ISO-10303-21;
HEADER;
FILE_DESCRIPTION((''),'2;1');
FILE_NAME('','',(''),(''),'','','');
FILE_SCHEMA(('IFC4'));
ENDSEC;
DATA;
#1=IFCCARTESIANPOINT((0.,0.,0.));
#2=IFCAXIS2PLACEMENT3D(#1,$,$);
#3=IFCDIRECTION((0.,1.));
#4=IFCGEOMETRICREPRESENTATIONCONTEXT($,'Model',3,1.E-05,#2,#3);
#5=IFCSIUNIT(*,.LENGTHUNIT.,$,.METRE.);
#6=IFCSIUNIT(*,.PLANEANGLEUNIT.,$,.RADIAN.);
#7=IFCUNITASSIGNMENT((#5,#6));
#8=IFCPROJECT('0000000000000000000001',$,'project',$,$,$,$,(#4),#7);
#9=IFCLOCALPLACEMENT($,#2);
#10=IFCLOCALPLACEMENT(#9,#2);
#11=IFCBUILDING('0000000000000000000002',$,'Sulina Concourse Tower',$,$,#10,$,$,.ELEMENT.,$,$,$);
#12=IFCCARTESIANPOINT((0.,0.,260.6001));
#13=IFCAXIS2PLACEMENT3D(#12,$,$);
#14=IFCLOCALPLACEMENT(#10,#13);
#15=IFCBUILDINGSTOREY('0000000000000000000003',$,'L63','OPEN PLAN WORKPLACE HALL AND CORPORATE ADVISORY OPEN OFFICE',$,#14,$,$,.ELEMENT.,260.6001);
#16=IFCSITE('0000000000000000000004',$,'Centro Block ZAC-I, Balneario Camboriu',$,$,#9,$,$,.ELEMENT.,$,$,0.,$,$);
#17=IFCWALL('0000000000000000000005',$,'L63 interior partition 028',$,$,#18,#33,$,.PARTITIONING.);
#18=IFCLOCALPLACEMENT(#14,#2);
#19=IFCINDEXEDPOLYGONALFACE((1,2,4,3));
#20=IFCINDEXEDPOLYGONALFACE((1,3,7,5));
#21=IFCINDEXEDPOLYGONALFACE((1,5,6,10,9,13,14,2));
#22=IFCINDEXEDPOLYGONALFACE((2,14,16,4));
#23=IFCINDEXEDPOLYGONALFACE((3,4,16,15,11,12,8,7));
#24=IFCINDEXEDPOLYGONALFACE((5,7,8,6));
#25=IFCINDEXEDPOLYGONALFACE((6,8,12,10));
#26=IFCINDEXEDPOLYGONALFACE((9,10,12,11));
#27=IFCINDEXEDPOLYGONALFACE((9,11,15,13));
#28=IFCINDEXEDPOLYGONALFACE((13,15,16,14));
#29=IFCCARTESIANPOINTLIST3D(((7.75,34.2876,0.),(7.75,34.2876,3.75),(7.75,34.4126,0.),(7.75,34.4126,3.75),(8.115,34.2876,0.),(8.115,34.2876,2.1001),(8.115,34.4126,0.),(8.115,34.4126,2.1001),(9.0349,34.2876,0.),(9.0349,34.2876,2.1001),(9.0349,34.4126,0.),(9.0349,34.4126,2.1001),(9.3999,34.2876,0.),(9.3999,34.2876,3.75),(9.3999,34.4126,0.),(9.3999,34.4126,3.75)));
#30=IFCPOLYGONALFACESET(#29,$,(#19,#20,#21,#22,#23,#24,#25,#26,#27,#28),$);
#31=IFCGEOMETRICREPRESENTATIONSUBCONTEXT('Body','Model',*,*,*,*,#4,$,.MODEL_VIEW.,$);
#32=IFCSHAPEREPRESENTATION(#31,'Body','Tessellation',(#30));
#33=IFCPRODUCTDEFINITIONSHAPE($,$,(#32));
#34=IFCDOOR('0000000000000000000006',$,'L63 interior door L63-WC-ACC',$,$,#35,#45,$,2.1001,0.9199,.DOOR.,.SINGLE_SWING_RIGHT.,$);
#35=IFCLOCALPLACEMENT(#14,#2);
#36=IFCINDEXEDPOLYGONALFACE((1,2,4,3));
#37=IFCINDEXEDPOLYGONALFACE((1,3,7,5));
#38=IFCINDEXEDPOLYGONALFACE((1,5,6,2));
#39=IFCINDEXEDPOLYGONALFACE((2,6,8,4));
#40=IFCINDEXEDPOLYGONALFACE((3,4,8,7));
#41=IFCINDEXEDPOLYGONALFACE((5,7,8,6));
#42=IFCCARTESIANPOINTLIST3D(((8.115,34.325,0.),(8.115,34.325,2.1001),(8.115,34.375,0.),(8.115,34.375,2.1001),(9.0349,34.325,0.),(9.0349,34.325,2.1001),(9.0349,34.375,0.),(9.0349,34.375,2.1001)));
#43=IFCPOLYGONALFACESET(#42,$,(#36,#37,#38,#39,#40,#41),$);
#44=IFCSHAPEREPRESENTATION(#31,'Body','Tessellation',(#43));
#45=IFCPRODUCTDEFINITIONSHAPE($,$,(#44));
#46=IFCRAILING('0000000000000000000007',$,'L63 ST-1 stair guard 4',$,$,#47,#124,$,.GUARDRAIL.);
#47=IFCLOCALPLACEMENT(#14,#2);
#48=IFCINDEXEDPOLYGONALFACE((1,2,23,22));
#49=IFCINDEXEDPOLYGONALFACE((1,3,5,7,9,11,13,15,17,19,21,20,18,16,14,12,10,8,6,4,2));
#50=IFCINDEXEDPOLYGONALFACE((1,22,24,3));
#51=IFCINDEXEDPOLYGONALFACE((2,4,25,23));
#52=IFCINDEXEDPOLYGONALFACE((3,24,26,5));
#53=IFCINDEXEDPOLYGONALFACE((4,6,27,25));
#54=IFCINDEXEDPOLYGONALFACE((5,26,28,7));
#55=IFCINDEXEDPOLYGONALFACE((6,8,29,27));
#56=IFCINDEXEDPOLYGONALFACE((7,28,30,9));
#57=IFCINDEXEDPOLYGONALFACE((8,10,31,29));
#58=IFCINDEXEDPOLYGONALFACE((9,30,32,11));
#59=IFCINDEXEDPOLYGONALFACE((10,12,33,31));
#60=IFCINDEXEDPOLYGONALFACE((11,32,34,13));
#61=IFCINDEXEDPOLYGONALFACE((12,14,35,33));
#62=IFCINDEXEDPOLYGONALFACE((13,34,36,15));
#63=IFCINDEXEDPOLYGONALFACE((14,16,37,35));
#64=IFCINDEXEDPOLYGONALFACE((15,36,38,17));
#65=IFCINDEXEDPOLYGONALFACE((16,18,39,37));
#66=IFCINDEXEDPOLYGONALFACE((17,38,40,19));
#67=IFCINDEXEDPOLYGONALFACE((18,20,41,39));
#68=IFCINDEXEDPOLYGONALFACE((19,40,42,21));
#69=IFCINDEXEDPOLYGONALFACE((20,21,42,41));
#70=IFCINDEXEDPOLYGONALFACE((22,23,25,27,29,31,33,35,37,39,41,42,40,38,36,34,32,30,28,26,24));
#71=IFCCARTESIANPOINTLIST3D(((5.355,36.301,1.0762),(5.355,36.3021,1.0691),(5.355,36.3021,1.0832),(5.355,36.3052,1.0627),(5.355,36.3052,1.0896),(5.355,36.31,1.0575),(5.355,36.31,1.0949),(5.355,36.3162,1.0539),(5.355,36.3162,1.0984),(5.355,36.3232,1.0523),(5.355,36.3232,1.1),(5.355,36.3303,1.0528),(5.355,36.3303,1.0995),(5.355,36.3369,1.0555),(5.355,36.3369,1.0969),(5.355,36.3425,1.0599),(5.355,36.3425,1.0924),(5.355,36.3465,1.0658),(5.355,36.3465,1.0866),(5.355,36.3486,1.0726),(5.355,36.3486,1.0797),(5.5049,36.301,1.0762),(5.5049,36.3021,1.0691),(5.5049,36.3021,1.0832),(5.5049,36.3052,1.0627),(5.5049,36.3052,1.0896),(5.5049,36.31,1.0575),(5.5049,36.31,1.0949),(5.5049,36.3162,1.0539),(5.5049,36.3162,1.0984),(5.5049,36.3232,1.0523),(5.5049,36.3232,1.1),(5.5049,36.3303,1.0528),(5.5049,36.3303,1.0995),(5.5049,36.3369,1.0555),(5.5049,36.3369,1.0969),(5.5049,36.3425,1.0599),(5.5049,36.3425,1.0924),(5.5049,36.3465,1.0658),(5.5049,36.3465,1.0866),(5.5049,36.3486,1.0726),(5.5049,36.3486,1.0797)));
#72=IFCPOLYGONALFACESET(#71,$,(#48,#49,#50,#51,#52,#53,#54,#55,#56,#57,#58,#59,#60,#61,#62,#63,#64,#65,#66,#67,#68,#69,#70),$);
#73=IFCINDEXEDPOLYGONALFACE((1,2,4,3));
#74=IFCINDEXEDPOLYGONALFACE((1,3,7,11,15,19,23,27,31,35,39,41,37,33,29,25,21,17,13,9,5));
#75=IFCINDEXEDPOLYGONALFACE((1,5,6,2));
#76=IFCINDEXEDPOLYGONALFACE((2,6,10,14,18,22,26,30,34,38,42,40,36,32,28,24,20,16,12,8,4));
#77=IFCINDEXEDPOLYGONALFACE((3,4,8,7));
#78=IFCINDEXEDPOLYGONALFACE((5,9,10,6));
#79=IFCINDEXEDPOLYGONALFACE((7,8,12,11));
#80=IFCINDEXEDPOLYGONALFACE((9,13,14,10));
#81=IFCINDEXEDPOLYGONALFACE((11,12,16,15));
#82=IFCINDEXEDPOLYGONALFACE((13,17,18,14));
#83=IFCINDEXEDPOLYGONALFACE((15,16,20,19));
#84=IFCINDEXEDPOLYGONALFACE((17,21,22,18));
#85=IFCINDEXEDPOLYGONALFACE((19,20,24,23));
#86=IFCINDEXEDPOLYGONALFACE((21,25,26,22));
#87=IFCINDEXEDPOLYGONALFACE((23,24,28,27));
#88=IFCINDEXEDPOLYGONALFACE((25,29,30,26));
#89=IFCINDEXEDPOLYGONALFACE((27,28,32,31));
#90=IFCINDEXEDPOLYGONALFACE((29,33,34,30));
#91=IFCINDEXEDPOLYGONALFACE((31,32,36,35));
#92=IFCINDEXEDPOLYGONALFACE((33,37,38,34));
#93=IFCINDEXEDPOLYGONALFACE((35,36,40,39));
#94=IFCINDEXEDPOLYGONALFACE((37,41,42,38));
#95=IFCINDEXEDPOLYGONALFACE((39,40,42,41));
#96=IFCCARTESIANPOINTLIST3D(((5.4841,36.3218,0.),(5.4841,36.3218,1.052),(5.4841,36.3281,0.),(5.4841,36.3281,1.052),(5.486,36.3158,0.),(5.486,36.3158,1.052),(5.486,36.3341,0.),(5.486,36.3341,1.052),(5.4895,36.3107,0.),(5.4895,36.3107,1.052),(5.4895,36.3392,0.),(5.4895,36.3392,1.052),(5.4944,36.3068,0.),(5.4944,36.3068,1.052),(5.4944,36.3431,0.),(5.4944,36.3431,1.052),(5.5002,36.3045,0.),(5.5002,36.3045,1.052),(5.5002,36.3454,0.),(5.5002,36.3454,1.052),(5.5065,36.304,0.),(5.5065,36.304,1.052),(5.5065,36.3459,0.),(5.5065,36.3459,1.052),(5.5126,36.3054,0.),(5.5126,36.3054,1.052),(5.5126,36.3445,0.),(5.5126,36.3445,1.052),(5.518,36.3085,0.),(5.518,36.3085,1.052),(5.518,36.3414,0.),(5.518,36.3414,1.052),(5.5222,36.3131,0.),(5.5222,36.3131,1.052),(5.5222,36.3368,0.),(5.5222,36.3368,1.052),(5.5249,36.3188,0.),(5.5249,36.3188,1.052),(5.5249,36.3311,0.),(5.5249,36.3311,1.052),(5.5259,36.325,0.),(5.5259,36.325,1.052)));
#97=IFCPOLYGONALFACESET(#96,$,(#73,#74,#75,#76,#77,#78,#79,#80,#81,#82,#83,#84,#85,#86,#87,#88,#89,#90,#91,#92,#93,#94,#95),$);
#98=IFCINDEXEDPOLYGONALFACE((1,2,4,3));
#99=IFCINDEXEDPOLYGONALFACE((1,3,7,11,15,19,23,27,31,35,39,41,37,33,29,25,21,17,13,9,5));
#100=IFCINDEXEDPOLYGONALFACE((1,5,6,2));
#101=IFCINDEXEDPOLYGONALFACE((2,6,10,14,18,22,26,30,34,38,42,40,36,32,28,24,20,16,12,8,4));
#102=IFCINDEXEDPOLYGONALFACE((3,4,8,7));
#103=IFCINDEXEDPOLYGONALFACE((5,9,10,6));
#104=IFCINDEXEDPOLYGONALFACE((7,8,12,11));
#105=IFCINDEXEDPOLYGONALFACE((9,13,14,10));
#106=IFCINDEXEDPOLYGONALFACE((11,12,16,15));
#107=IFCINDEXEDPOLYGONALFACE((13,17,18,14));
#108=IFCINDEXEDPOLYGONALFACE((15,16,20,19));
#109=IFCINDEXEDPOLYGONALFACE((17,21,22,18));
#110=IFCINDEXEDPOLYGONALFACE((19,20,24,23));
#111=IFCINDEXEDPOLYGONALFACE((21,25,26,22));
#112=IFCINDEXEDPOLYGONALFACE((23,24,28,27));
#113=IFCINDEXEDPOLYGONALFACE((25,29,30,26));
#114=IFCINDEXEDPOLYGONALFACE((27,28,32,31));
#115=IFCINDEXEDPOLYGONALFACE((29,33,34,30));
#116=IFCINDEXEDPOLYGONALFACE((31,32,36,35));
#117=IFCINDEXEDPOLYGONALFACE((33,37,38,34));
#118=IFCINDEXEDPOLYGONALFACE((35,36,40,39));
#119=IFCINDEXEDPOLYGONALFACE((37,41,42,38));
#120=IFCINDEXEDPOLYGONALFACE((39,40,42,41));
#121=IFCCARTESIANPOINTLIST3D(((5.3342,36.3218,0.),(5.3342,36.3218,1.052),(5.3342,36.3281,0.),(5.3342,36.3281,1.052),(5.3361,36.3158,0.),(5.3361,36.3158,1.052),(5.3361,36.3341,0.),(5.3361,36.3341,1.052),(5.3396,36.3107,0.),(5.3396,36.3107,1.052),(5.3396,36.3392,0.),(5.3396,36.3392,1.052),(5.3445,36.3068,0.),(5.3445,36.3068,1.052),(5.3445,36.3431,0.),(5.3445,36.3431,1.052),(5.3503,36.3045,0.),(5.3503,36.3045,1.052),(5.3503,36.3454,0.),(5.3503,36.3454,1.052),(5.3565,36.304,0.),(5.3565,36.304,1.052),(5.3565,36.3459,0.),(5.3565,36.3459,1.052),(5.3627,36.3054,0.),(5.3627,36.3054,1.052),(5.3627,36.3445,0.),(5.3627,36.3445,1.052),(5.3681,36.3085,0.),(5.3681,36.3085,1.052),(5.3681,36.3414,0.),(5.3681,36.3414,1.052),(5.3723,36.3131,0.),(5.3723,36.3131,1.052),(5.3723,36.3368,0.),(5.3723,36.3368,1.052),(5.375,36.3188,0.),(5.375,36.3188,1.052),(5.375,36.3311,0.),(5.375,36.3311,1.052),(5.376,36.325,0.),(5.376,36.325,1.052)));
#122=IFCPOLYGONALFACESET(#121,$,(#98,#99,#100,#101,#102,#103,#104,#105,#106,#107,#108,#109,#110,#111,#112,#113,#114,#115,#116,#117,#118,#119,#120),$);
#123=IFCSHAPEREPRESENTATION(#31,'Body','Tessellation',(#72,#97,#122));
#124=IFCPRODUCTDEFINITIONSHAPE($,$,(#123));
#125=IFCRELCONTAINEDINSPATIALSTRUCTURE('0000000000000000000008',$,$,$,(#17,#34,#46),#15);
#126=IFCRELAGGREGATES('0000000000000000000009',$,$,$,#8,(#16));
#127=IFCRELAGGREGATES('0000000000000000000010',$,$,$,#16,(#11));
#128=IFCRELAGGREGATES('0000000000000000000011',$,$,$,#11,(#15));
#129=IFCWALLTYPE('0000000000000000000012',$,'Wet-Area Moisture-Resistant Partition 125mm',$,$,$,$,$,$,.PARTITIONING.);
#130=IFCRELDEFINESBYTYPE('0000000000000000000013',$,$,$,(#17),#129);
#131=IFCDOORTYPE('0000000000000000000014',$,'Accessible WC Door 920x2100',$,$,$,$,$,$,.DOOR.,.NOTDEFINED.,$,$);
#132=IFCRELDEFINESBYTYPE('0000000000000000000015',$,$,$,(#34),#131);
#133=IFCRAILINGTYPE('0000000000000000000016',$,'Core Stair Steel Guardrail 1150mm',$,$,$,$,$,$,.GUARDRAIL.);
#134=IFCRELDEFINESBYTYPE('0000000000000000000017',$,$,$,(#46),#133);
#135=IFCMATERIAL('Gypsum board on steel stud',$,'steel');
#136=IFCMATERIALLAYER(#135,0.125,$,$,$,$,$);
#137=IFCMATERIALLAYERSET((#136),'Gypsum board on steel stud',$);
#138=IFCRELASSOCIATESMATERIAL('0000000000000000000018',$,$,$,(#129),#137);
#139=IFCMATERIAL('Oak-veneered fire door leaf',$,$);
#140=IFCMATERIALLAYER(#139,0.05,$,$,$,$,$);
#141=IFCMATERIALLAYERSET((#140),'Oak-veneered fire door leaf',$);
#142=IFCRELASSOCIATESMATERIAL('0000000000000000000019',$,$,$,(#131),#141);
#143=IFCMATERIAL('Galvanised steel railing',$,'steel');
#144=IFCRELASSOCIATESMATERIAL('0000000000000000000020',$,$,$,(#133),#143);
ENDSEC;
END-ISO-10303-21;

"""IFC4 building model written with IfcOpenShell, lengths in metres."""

from ifc_helpers import new_model, si_unit, direction, frame, frame_2d, origin, origin_2d, place, context, subcontext, project, spatial, rectangle, circle, extrude, material, layer, layer_set, type_object, element, fill, save


model = new_model("IFC4")

# Units and contexts
model_context = context("Model", 3, precision=1e-05, world=origin(), true_north=direction((0.0, 1.0)))
body_context = subcontext(model_context, "Body", "Model", "MODEL_VIEW")
ifc_project = project(units=[si_unit("LENGTHUNIT", "METRE"), si_unit("PLANEANGLEUNIT", "RADIAN")], contexts=[model_context])

# Site, building, storey
site_placement = place(None, origin())
site = spatial("IfcSite", under=ifc_project, at=site_placement, Name="Centro Block ZAC-I, Balneario Camboriu", CompositionType="ELEMENT", RefElevation=0.0)
building_placement = place(site_placement, origin())
building = spatial("IfcBuilding", under=site, at=building_placement, Name="Sulina Concourse Tower", CompositionType="ELEMENT")
storey_placement = place(building_placement, frame((0.0, 0.0, 260.6001)))
storey = spatial("IfcBuildingStorey", under=building, at=storey_placement, Name="L63", Description="OPEN PLAN WORKPLACE HALL AND CORPORATE ADVISORY OPEN OFFICE", CompositionType="ELEMENT", Elevation=260.6001)

# Wall, opening, door
ifc_material_1 = material(Name="Gypsum board on steel stud", Category="steel")
ifc_layer_1 = layer(ifc_material_1, 0.125)
ifc_layer_set_1 = layer_set([ifc_layer_1], Name="Gypsum board on steel stud")
wall_type_1 = type_object("IfcWallType", Name="Wet-Area Moisture-Resistant Partition 125mm", PredefinedType="PARTITIONING", material=ifc_layer_set_1)
wall_1_placement = place(storey_placement, frame((7.75, 34.3501, 0.0), z_axis=(0.0, 0.0, 1.0), x_axis=(1.0, 0.0, 0.0)))
wall_1 = element("IfcWall", 1, at=wall_1_placement, inside=storey, type_object=wall_type_1, Name="L63 interior partition 028", PredefinedType="PARTITIONING", context=body_context, shape_type="SweptSolid", body=[
    extrude(rectangle(XDim=1.6499, YDim=0.125, at=frame_2d((0.825, 0.0))), origin(), (0.0, 0.0, 1.0), 3.75),
])
opening_1_placement = place(wall_1_placement, frame((0.365, 0.0, 0.0)))
opening_1 = element("IfcOpeningElement", 2, at=opening_1_placement, cuts=wall_1, PredefinedType="OPENING", context=body_context, shape_type="SweptSolid", body=[
    extrude(rectangle(XDim=0.9199, YDim=2.1001, at=frame_2d((0.46, 1.05))), frame((0.0, 0.0725, 0.0), z_axis=(0.0, -1.0, 0.0), x_axis=(1.0, 0.0, 0.0)), (0.0, 0.0, 1.0), 0.145),
])
ifc_material_2 = material(Name="Oak-veneered fire door leaf")
ifc_layer_2 = layer(ifc_material_2, 0.05)
ifc_layer_set_2 = layer_set([ifc_layer_2], Name="Oak-veneered fire door leaf")
door_type_1 = type_object("IfcDoorType", Name="Accessible WC Door 920x2100", OperationType="NOTDEFINED", PredefinedType="DOOR", material=ifc_layer_set_2)
door_1_placement = place(opening_1_placement, origin())
door_1 = element("IfcDoor", 3, at=door_1_placement, inside=storey, type_object=door_type_1, Name="L63 interior door L63-WC-ACC", OperationType="SINGLE_SWING_RIGHT", OverallHeight=2.1001, OverallWidth=0.9199, PredefinedType="DOOR", context=body_context, shape_type="SweptSolid", body=[
    extrude(rectangle(XDim=0.9199, YDim=2.1001, at=frame_2d((0.46, 1.05))), frame((0.0, 0.0249, 0.0), z_axis=(0.0, -1.0, 0.0), x_axis=(1.0, 0.0, 0.0)), (0.0, 0.0, 1.0), 0.05),
])
fill(opening_1, door_1)

# Railing
ifc_material_3 = material(Name="Galvanised steel railing", Category="steel")
railing_type = type_object("IfcRailingType", Name="Core Stair Steel Guardrail 1150mm", PredefinedType="GUARDRAIL", material=ifc_material_3)
railing_placement = place(storey_placement, frame((5.5049, 36.325, 0.0)))
element("IfcRailing", 4, at=railing_placement, inside=storey, type_object=railing_type, Name="L63 ST-1 stair guard 4", PredefinedType="GUARDRAIL", context=body_context, shape_type="SweptSolid", body=[
    extrude(circle(Radius=0.0239, at=origin_2d()), frame((0.0, 0.0, 1.0762), z_axis=(-1.0, 0.0, 0.0), x_axis=(0.0, -1.0, 0.0)), (0.0, 0.0, 1.0), 0.1499),
    extrude(circle(Radius=0.021, at=origin_2d()), origin(), (0.0, 0.0, 1.0), 1.052),
    extrude(circle(Radius=0.021, at=origin_2d()), frame((-0.1499, 0.0, 0.0)), (0.0, 0.0, 1.0), 1.052),
])

save(model, "model.ifc")
